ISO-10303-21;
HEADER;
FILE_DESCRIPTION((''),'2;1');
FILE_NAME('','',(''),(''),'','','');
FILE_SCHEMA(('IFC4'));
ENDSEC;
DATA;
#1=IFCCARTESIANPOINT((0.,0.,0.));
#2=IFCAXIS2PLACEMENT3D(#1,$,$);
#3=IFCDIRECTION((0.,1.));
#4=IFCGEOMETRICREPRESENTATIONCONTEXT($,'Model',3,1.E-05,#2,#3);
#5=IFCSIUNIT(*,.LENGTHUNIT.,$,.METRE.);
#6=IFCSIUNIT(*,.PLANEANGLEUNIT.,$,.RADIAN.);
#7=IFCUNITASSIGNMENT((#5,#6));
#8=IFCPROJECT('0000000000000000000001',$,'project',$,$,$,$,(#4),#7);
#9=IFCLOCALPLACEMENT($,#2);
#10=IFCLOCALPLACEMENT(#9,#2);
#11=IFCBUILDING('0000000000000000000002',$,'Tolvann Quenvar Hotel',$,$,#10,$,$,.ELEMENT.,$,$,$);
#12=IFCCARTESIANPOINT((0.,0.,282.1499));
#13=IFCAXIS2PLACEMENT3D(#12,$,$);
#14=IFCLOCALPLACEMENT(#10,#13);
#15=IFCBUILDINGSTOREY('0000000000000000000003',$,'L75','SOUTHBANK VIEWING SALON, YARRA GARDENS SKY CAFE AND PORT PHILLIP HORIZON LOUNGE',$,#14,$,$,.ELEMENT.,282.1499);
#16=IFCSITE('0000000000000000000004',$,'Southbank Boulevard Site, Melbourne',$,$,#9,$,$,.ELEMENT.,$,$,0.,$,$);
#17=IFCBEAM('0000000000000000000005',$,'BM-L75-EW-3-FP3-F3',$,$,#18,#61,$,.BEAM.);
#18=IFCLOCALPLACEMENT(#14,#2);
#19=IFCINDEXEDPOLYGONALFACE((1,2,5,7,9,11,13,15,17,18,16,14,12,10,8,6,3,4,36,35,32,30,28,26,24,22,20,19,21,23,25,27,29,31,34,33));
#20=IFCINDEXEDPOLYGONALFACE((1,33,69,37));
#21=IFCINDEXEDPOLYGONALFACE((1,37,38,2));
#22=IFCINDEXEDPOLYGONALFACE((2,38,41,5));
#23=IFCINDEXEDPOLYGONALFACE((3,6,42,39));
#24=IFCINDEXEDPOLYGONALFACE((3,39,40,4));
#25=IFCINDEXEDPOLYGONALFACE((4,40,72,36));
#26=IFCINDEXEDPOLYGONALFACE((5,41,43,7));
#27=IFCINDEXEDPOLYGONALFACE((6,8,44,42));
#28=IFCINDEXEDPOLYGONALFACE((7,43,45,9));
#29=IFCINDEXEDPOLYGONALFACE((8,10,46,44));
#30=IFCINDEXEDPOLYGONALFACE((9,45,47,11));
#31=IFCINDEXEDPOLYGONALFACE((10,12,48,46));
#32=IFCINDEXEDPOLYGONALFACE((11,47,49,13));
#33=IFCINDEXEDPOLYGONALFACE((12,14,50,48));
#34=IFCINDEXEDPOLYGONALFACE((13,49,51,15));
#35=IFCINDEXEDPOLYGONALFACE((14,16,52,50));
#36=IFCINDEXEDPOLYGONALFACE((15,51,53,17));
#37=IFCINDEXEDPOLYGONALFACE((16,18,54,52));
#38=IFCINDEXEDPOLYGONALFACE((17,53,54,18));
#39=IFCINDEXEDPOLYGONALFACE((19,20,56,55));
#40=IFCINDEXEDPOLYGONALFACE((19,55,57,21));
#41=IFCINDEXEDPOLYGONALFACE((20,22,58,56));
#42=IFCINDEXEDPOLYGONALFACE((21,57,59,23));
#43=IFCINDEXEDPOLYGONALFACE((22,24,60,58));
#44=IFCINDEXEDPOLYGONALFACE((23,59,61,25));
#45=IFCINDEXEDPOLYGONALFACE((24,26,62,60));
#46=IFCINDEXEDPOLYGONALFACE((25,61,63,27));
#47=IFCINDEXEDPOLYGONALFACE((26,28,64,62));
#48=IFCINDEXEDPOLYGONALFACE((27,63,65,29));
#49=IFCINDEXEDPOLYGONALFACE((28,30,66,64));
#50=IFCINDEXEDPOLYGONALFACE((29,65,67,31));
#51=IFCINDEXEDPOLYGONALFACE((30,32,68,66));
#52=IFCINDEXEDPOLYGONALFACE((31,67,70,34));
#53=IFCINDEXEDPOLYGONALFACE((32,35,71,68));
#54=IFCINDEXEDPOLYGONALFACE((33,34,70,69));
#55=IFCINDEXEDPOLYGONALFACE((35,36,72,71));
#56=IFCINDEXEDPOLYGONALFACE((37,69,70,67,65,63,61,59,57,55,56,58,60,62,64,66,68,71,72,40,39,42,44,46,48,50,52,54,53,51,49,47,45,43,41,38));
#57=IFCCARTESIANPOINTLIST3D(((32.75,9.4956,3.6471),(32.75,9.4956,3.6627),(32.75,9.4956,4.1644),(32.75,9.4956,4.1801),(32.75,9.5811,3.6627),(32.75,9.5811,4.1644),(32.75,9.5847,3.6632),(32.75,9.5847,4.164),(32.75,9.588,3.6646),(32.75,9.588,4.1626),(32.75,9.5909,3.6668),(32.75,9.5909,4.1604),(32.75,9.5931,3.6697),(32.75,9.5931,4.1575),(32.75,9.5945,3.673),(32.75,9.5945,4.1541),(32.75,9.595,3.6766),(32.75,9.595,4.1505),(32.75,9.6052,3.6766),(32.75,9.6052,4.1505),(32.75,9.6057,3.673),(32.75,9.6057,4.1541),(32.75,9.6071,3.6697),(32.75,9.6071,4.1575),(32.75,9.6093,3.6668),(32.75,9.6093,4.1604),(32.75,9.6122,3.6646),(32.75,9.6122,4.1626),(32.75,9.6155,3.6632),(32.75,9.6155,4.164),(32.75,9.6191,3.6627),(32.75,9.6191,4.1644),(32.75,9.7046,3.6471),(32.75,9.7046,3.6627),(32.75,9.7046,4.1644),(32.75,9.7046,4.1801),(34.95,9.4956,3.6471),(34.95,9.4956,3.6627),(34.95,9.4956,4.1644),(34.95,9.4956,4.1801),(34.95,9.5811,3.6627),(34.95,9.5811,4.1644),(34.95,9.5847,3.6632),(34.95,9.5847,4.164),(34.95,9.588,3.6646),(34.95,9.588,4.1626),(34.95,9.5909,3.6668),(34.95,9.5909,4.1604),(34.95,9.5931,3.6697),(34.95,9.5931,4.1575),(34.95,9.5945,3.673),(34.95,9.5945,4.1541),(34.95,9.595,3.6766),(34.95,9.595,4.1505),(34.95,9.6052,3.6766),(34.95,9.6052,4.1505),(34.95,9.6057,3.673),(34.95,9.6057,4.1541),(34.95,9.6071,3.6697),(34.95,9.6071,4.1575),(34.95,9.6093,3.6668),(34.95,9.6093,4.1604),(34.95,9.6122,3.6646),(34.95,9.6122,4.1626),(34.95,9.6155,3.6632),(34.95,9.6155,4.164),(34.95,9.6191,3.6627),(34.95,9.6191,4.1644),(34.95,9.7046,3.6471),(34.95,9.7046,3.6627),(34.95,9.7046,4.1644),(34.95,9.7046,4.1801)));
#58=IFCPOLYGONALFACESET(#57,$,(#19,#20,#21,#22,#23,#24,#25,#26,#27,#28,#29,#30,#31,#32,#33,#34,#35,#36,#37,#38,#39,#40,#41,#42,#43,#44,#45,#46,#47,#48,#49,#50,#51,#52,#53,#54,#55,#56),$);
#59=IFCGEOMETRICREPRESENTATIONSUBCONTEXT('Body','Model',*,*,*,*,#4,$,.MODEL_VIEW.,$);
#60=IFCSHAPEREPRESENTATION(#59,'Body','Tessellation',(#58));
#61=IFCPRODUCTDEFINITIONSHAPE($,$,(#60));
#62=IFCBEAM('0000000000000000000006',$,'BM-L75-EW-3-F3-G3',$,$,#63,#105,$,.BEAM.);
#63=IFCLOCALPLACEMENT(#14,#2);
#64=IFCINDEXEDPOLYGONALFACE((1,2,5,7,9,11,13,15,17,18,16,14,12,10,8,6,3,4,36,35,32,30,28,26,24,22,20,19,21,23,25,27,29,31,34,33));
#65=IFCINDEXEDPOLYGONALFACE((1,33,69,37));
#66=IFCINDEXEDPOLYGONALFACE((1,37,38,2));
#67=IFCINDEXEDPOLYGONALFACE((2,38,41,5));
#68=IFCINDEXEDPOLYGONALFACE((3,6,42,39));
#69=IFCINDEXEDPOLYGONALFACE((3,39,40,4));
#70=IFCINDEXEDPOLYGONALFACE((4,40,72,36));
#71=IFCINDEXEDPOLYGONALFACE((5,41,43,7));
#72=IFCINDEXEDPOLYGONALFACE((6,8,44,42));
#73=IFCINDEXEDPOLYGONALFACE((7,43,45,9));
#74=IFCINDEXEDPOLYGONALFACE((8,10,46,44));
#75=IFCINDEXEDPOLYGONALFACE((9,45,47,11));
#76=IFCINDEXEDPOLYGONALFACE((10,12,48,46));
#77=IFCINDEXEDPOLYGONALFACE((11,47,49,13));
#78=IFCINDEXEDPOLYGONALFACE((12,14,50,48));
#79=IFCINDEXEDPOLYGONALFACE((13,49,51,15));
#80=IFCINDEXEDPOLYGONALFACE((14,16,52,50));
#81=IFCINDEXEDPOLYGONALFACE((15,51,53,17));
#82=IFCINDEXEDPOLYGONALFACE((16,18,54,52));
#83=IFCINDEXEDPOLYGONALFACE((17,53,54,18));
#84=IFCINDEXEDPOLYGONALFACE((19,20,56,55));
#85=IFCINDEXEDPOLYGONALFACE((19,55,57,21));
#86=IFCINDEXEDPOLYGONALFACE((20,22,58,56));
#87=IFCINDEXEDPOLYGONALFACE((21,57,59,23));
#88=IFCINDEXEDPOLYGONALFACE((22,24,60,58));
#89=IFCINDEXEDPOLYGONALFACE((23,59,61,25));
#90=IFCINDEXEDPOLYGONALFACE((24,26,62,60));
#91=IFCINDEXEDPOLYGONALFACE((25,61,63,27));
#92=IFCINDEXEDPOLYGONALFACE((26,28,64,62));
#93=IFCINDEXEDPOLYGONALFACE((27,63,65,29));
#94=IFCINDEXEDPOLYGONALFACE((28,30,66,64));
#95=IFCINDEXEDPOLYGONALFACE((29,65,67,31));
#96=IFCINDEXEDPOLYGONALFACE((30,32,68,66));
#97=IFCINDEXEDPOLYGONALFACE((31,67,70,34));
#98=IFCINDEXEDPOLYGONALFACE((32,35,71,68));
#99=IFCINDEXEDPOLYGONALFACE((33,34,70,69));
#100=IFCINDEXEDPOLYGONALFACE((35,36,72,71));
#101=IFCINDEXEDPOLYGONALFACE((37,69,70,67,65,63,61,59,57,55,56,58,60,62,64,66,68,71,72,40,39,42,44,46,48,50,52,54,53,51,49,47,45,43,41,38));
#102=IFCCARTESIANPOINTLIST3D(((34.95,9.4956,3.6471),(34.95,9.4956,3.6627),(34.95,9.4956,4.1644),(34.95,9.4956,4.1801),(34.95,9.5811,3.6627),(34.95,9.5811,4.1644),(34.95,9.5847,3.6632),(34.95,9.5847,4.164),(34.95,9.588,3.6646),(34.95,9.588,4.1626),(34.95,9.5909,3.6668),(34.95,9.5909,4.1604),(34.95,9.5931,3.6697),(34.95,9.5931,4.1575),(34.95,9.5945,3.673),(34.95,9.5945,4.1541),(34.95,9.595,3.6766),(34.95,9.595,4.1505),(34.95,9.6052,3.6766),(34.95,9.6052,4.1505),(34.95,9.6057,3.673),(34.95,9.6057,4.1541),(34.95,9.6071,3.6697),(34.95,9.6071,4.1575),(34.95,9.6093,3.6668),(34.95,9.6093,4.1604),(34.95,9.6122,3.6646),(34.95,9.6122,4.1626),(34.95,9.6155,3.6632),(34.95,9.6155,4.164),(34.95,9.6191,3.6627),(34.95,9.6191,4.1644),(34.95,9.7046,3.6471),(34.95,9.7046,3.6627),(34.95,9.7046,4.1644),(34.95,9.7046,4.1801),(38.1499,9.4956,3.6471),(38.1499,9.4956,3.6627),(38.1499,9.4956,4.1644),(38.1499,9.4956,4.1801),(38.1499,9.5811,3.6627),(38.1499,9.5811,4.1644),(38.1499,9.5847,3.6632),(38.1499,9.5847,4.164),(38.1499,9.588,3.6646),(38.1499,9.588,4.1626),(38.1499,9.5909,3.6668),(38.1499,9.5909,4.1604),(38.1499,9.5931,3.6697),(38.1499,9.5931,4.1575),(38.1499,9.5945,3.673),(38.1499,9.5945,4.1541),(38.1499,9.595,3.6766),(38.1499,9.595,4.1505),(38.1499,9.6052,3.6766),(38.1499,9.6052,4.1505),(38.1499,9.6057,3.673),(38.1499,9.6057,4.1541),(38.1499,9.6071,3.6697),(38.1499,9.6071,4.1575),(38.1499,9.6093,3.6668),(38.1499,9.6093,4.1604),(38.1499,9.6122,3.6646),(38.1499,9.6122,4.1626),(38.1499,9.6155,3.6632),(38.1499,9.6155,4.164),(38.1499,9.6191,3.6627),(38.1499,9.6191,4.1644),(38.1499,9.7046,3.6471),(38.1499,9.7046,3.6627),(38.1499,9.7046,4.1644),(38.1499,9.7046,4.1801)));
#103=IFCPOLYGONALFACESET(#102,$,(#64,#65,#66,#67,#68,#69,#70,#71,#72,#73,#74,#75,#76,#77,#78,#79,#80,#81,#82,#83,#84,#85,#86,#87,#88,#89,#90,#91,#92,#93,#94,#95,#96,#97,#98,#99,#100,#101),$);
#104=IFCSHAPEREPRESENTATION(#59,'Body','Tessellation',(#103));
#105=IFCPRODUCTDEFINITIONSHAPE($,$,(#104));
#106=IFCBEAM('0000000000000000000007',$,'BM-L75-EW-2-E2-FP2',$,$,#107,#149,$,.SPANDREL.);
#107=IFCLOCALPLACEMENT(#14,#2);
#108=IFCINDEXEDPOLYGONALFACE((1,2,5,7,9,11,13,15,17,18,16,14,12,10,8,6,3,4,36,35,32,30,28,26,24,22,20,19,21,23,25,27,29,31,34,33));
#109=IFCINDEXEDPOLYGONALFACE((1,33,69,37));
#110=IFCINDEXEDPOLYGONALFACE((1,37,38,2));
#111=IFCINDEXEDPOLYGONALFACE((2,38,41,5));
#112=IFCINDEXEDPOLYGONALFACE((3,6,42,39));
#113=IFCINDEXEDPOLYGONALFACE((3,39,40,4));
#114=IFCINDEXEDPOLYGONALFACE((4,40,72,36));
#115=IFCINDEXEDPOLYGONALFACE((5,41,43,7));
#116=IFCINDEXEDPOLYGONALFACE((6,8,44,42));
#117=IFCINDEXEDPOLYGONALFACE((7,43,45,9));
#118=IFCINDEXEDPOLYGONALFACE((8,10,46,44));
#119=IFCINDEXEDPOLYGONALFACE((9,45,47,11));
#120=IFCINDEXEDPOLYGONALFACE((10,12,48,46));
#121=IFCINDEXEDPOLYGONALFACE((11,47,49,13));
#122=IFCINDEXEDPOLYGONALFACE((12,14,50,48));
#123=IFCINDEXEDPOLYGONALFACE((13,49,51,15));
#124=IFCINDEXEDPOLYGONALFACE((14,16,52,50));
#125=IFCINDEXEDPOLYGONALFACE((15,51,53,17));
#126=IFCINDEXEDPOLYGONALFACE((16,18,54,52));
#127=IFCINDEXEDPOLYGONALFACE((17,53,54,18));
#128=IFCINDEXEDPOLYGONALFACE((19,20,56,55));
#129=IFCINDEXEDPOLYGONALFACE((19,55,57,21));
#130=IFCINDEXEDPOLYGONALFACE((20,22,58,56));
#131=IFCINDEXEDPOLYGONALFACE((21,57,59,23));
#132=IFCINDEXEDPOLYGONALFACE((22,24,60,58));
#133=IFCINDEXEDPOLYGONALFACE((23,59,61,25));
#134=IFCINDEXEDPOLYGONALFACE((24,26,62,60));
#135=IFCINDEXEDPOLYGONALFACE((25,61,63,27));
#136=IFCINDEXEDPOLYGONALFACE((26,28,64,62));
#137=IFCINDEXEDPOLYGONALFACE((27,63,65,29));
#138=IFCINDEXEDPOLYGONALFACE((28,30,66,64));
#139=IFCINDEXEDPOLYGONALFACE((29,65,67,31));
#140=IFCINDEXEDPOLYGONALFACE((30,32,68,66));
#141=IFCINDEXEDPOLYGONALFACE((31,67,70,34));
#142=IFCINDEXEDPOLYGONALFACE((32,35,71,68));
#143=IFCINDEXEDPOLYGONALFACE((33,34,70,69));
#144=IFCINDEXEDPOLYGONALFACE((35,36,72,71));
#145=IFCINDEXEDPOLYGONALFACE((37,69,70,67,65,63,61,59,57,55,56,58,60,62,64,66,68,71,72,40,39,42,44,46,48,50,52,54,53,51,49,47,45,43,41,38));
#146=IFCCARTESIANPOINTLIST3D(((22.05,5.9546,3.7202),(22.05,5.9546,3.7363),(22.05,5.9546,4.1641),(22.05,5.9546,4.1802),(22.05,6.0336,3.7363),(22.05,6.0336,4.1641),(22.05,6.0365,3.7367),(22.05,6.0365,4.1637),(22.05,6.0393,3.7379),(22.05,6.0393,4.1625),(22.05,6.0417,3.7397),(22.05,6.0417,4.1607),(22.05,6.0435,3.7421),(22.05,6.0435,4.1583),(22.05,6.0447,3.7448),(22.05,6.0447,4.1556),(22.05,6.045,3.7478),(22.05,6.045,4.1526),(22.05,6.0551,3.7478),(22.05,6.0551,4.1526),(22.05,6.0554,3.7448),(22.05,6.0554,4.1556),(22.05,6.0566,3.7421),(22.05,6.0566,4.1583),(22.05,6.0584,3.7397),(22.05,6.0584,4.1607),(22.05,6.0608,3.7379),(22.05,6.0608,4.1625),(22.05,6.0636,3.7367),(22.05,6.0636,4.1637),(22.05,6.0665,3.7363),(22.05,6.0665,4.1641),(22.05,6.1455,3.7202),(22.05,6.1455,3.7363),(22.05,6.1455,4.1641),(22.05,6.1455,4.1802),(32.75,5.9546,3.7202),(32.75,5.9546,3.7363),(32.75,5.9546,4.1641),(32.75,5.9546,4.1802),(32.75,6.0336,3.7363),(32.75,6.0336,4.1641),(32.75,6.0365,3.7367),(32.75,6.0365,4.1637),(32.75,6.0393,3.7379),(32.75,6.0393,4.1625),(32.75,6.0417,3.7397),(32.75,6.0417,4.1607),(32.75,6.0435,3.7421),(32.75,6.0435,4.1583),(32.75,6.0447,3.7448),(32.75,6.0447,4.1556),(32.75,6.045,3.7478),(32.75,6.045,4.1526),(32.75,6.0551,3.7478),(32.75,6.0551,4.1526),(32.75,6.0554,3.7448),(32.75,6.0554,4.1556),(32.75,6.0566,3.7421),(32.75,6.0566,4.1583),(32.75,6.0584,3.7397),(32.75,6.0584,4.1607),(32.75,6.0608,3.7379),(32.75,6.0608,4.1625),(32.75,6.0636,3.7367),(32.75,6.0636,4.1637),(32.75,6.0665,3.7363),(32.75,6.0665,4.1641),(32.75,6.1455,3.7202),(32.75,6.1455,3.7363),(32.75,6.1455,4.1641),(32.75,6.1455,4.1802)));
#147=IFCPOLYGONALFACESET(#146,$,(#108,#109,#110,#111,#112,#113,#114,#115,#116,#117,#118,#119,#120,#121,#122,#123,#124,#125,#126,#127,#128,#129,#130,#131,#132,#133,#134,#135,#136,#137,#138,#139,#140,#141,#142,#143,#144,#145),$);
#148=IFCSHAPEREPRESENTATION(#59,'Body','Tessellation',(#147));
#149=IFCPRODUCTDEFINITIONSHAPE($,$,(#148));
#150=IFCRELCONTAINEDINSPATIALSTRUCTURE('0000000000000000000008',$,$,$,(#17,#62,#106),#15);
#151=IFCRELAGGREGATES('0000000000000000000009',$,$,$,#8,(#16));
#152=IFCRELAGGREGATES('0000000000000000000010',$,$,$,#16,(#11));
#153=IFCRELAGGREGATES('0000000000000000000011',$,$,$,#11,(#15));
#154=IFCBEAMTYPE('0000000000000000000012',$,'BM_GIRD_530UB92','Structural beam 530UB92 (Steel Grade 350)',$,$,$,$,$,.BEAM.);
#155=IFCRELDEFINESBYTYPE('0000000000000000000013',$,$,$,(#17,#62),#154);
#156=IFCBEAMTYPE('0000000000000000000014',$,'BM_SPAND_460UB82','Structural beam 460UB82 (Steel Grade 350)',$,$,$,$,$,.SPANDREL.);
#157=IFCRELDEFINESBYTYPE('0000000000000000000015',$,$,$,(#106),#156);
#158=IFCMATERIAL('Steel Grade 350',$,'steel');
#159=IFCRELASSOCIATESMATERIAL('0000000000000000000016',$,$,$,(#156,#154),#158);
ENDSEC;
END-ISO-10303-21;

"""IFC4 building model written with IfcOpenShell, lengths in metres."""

from ifc_helpers import new_model, si_unit, direction, frame, origin, origin_2d, place, context, subcontext, project, spatial, i_section, extrude, source, transform, mapped, material, material_profile, profile_set, type_object, element, save


model = new_model("IFC4")

# Units and contexts
model_context = context("Model", 3, precision=1e-05, world=origin(), true_north=direction((0.0, 1.0)))
body_context = subcontext(model_context, "Body", "Model", "MODEL_VIEW")
ifc_project = project(units=[si_unit("LENGTHUNIT", "METRE"), si_unit("PLANEANGLEUNIT", "RADIAN")], contexts=[model_context])

# Site, building, storey
site_placement = place(None, origin())
site = spatial("IfcSite", under=ifc_project, at=site_placement, Name="Southbank Boulevard Site, Melbourne", CompositionType="ELEMENT", RefElevation=0.0)
building_placement = place(site_placement, origin())
building = spatial("IfcBuilding", under=site, at=building_placement, Name="Tolvann Quenvar Hotel", CompositionType="ELEMENT")
storey_placement = place(building_placement, frame((0.0, 0.0, 282.1499)))
storey = spatial("IfcBuildingStorey", under=building, at=storey_placement, Name="L75", Description="SOUTHBANK VIEWING SALON, YARRA GARDENS SKY CAFE AND PORT PHILLIP HORIZON LOUNGE", CompositionType="ELEMENT", Elevation=282.1499)

# Shared definitions
ifc_material_1 = material(Name="Steel Grade 350", Category="steel")

# Beams
ifc_material_profile_1 = material_profile(ifc_material_1, i_section(OverallWidth=0.1909, OverallDepth=0.46, WebThickness=0.01, FlangeThickness=0.0161, FilletRadius=0.0115, at=origin_2d()), Name="460UB82")
ifc_profile_set_1 = profile_set([ifc_material_profile_1], Name="Steel Grade 350")
beam_type_1 = type_object("IfcBeamType", Name="BM_SPAND_460UB82", Description="Structural beam 460UB82 (Steel Grade 350)", PredefinedType="SPANDREL", material=ifc_profile_set_1)
ifc_material_profile_2 = material_profile(ifc_material_1, i_section(OverallWidth=0.209, OverallDepth=0.533, WebThickness=0.0103, FlangeThickness=0.0156, FilletRadius=0.0139, at=origin_2d()), Name="530UB92")
ifc_profile_set_2 = profile_set([ifc_material_profile_2], Name="Steel Grade 350")
beam_type_2 = type_object("IfcBeamType", Name="BM_GIRD_530UB92", Description="Structural beam 530UB92 (Steel Grade 350)", PredefinedType="BEAM", material=ifc_profile_set_2)
shared_shape_1 = source(origin(), body_context, "Body", "SweptSolid", [
    extrude(i_section(OverallWidth=0.209, OverallDepth=0.533, WebThickness=0.0103, FlangeThickness=0.0156, FilletRadius=0.0139, at=origin_2d()), origin(), (0.0, 0.0, 1.0), 2.2),
])
beam_1_placement = place(storey_placement, frame((32.75, 9.6001, 3.9136), z_axis=(1.0, 0.0, 0.0), x_axis=(0.0, 1.0, 0.0)))
element("IfcBeam", 1, at=beam_1_placement, inside=storey, type_object=beam_type_2, Name="BM-L75-EW-3-FP3-F3", PredefinedType="BEAM", context=body_context, shape_type="MappedRepresentation", body=[
    mapped(shared_shape_1, transform((0.0, 0.0, 0.0), x_axis=(1.0, 0.0, 0.0), y_axis=(0.0, 1.0, 0.0), z_axis=(0.0, 0.0, 1.0), scale=1.0)),
])
shared_shape_2 = source(origin(), body_context, "Body", "SweptSolid", [
    extrude(i_section(OverallWidth=0.209, OverallDepth=0.533, WebThickness=0.0103, FlangeThickness=0.0156, FilletRadius=0.0139, at=origin_2d()), origin(), (0.0, 0.0, 1.0), 3.2),
])
beam_2_placement = place(storey_placement, frame((34.95, 9.6001, 3.9136), z_axis=(1.0, 0.0, 0.0), x_axis=(0.0, 1.0, 0.0)))
element("IfcBeam", 2, at=beam_2_placement, inside=storey, type_object=beam_type_2, Name="BM-L75-EW-3-F3-G3", PredefinedType="BEAM", context=body_context, shape_type="MappedRepresentation", body=[
    mapped(shared_shape_2, transform((0.0, 0.0, 0.0), x_axis=(1.0, 0.0, 0.0), y_axis=(0.0, 1.0, 0.0), z_axis=(0.0, 0.0, 1.0), scale=1.0)),
])
shared_shape_3 = source(origin(), body_context, "Body", "SweptSolid", [
    extrude(i_section(OverallWidth=0.1909, OverallDepth=0.46, WebThickness=0.01, FlangeThickness=0.0161, FilletRadius=0.0115, at=origin_2d()), origin(), (0.0, 0.0, 1.0), 10.7),
])
beam_3_placement = place(storey_placement, frame((22.05, 6.05, 3.9502), z_axis=(1.0, 0.0, 0.0), x_axis=(0.0, 1.0, 0.0)))
element("IfcBeam", 3, at=beam_3_placement, inside=storey, type_object=beam_type_1, Name="BM-L75-EW-2-E2-FP2", PredefinedType="SPANDREL", context=body_context, shape_type="MappedRepresentation", body=[
    mapped(shared_shape_3, transform((0.0, 0.0, 0.0), x_axis=(1.0, 0.0, 0.0), y_axis=(0.0, 1.0, 0.0), z_axis=(0.0, 0.0, 1.0), scale=1.0)),
])

save(model, "model.ifc")
